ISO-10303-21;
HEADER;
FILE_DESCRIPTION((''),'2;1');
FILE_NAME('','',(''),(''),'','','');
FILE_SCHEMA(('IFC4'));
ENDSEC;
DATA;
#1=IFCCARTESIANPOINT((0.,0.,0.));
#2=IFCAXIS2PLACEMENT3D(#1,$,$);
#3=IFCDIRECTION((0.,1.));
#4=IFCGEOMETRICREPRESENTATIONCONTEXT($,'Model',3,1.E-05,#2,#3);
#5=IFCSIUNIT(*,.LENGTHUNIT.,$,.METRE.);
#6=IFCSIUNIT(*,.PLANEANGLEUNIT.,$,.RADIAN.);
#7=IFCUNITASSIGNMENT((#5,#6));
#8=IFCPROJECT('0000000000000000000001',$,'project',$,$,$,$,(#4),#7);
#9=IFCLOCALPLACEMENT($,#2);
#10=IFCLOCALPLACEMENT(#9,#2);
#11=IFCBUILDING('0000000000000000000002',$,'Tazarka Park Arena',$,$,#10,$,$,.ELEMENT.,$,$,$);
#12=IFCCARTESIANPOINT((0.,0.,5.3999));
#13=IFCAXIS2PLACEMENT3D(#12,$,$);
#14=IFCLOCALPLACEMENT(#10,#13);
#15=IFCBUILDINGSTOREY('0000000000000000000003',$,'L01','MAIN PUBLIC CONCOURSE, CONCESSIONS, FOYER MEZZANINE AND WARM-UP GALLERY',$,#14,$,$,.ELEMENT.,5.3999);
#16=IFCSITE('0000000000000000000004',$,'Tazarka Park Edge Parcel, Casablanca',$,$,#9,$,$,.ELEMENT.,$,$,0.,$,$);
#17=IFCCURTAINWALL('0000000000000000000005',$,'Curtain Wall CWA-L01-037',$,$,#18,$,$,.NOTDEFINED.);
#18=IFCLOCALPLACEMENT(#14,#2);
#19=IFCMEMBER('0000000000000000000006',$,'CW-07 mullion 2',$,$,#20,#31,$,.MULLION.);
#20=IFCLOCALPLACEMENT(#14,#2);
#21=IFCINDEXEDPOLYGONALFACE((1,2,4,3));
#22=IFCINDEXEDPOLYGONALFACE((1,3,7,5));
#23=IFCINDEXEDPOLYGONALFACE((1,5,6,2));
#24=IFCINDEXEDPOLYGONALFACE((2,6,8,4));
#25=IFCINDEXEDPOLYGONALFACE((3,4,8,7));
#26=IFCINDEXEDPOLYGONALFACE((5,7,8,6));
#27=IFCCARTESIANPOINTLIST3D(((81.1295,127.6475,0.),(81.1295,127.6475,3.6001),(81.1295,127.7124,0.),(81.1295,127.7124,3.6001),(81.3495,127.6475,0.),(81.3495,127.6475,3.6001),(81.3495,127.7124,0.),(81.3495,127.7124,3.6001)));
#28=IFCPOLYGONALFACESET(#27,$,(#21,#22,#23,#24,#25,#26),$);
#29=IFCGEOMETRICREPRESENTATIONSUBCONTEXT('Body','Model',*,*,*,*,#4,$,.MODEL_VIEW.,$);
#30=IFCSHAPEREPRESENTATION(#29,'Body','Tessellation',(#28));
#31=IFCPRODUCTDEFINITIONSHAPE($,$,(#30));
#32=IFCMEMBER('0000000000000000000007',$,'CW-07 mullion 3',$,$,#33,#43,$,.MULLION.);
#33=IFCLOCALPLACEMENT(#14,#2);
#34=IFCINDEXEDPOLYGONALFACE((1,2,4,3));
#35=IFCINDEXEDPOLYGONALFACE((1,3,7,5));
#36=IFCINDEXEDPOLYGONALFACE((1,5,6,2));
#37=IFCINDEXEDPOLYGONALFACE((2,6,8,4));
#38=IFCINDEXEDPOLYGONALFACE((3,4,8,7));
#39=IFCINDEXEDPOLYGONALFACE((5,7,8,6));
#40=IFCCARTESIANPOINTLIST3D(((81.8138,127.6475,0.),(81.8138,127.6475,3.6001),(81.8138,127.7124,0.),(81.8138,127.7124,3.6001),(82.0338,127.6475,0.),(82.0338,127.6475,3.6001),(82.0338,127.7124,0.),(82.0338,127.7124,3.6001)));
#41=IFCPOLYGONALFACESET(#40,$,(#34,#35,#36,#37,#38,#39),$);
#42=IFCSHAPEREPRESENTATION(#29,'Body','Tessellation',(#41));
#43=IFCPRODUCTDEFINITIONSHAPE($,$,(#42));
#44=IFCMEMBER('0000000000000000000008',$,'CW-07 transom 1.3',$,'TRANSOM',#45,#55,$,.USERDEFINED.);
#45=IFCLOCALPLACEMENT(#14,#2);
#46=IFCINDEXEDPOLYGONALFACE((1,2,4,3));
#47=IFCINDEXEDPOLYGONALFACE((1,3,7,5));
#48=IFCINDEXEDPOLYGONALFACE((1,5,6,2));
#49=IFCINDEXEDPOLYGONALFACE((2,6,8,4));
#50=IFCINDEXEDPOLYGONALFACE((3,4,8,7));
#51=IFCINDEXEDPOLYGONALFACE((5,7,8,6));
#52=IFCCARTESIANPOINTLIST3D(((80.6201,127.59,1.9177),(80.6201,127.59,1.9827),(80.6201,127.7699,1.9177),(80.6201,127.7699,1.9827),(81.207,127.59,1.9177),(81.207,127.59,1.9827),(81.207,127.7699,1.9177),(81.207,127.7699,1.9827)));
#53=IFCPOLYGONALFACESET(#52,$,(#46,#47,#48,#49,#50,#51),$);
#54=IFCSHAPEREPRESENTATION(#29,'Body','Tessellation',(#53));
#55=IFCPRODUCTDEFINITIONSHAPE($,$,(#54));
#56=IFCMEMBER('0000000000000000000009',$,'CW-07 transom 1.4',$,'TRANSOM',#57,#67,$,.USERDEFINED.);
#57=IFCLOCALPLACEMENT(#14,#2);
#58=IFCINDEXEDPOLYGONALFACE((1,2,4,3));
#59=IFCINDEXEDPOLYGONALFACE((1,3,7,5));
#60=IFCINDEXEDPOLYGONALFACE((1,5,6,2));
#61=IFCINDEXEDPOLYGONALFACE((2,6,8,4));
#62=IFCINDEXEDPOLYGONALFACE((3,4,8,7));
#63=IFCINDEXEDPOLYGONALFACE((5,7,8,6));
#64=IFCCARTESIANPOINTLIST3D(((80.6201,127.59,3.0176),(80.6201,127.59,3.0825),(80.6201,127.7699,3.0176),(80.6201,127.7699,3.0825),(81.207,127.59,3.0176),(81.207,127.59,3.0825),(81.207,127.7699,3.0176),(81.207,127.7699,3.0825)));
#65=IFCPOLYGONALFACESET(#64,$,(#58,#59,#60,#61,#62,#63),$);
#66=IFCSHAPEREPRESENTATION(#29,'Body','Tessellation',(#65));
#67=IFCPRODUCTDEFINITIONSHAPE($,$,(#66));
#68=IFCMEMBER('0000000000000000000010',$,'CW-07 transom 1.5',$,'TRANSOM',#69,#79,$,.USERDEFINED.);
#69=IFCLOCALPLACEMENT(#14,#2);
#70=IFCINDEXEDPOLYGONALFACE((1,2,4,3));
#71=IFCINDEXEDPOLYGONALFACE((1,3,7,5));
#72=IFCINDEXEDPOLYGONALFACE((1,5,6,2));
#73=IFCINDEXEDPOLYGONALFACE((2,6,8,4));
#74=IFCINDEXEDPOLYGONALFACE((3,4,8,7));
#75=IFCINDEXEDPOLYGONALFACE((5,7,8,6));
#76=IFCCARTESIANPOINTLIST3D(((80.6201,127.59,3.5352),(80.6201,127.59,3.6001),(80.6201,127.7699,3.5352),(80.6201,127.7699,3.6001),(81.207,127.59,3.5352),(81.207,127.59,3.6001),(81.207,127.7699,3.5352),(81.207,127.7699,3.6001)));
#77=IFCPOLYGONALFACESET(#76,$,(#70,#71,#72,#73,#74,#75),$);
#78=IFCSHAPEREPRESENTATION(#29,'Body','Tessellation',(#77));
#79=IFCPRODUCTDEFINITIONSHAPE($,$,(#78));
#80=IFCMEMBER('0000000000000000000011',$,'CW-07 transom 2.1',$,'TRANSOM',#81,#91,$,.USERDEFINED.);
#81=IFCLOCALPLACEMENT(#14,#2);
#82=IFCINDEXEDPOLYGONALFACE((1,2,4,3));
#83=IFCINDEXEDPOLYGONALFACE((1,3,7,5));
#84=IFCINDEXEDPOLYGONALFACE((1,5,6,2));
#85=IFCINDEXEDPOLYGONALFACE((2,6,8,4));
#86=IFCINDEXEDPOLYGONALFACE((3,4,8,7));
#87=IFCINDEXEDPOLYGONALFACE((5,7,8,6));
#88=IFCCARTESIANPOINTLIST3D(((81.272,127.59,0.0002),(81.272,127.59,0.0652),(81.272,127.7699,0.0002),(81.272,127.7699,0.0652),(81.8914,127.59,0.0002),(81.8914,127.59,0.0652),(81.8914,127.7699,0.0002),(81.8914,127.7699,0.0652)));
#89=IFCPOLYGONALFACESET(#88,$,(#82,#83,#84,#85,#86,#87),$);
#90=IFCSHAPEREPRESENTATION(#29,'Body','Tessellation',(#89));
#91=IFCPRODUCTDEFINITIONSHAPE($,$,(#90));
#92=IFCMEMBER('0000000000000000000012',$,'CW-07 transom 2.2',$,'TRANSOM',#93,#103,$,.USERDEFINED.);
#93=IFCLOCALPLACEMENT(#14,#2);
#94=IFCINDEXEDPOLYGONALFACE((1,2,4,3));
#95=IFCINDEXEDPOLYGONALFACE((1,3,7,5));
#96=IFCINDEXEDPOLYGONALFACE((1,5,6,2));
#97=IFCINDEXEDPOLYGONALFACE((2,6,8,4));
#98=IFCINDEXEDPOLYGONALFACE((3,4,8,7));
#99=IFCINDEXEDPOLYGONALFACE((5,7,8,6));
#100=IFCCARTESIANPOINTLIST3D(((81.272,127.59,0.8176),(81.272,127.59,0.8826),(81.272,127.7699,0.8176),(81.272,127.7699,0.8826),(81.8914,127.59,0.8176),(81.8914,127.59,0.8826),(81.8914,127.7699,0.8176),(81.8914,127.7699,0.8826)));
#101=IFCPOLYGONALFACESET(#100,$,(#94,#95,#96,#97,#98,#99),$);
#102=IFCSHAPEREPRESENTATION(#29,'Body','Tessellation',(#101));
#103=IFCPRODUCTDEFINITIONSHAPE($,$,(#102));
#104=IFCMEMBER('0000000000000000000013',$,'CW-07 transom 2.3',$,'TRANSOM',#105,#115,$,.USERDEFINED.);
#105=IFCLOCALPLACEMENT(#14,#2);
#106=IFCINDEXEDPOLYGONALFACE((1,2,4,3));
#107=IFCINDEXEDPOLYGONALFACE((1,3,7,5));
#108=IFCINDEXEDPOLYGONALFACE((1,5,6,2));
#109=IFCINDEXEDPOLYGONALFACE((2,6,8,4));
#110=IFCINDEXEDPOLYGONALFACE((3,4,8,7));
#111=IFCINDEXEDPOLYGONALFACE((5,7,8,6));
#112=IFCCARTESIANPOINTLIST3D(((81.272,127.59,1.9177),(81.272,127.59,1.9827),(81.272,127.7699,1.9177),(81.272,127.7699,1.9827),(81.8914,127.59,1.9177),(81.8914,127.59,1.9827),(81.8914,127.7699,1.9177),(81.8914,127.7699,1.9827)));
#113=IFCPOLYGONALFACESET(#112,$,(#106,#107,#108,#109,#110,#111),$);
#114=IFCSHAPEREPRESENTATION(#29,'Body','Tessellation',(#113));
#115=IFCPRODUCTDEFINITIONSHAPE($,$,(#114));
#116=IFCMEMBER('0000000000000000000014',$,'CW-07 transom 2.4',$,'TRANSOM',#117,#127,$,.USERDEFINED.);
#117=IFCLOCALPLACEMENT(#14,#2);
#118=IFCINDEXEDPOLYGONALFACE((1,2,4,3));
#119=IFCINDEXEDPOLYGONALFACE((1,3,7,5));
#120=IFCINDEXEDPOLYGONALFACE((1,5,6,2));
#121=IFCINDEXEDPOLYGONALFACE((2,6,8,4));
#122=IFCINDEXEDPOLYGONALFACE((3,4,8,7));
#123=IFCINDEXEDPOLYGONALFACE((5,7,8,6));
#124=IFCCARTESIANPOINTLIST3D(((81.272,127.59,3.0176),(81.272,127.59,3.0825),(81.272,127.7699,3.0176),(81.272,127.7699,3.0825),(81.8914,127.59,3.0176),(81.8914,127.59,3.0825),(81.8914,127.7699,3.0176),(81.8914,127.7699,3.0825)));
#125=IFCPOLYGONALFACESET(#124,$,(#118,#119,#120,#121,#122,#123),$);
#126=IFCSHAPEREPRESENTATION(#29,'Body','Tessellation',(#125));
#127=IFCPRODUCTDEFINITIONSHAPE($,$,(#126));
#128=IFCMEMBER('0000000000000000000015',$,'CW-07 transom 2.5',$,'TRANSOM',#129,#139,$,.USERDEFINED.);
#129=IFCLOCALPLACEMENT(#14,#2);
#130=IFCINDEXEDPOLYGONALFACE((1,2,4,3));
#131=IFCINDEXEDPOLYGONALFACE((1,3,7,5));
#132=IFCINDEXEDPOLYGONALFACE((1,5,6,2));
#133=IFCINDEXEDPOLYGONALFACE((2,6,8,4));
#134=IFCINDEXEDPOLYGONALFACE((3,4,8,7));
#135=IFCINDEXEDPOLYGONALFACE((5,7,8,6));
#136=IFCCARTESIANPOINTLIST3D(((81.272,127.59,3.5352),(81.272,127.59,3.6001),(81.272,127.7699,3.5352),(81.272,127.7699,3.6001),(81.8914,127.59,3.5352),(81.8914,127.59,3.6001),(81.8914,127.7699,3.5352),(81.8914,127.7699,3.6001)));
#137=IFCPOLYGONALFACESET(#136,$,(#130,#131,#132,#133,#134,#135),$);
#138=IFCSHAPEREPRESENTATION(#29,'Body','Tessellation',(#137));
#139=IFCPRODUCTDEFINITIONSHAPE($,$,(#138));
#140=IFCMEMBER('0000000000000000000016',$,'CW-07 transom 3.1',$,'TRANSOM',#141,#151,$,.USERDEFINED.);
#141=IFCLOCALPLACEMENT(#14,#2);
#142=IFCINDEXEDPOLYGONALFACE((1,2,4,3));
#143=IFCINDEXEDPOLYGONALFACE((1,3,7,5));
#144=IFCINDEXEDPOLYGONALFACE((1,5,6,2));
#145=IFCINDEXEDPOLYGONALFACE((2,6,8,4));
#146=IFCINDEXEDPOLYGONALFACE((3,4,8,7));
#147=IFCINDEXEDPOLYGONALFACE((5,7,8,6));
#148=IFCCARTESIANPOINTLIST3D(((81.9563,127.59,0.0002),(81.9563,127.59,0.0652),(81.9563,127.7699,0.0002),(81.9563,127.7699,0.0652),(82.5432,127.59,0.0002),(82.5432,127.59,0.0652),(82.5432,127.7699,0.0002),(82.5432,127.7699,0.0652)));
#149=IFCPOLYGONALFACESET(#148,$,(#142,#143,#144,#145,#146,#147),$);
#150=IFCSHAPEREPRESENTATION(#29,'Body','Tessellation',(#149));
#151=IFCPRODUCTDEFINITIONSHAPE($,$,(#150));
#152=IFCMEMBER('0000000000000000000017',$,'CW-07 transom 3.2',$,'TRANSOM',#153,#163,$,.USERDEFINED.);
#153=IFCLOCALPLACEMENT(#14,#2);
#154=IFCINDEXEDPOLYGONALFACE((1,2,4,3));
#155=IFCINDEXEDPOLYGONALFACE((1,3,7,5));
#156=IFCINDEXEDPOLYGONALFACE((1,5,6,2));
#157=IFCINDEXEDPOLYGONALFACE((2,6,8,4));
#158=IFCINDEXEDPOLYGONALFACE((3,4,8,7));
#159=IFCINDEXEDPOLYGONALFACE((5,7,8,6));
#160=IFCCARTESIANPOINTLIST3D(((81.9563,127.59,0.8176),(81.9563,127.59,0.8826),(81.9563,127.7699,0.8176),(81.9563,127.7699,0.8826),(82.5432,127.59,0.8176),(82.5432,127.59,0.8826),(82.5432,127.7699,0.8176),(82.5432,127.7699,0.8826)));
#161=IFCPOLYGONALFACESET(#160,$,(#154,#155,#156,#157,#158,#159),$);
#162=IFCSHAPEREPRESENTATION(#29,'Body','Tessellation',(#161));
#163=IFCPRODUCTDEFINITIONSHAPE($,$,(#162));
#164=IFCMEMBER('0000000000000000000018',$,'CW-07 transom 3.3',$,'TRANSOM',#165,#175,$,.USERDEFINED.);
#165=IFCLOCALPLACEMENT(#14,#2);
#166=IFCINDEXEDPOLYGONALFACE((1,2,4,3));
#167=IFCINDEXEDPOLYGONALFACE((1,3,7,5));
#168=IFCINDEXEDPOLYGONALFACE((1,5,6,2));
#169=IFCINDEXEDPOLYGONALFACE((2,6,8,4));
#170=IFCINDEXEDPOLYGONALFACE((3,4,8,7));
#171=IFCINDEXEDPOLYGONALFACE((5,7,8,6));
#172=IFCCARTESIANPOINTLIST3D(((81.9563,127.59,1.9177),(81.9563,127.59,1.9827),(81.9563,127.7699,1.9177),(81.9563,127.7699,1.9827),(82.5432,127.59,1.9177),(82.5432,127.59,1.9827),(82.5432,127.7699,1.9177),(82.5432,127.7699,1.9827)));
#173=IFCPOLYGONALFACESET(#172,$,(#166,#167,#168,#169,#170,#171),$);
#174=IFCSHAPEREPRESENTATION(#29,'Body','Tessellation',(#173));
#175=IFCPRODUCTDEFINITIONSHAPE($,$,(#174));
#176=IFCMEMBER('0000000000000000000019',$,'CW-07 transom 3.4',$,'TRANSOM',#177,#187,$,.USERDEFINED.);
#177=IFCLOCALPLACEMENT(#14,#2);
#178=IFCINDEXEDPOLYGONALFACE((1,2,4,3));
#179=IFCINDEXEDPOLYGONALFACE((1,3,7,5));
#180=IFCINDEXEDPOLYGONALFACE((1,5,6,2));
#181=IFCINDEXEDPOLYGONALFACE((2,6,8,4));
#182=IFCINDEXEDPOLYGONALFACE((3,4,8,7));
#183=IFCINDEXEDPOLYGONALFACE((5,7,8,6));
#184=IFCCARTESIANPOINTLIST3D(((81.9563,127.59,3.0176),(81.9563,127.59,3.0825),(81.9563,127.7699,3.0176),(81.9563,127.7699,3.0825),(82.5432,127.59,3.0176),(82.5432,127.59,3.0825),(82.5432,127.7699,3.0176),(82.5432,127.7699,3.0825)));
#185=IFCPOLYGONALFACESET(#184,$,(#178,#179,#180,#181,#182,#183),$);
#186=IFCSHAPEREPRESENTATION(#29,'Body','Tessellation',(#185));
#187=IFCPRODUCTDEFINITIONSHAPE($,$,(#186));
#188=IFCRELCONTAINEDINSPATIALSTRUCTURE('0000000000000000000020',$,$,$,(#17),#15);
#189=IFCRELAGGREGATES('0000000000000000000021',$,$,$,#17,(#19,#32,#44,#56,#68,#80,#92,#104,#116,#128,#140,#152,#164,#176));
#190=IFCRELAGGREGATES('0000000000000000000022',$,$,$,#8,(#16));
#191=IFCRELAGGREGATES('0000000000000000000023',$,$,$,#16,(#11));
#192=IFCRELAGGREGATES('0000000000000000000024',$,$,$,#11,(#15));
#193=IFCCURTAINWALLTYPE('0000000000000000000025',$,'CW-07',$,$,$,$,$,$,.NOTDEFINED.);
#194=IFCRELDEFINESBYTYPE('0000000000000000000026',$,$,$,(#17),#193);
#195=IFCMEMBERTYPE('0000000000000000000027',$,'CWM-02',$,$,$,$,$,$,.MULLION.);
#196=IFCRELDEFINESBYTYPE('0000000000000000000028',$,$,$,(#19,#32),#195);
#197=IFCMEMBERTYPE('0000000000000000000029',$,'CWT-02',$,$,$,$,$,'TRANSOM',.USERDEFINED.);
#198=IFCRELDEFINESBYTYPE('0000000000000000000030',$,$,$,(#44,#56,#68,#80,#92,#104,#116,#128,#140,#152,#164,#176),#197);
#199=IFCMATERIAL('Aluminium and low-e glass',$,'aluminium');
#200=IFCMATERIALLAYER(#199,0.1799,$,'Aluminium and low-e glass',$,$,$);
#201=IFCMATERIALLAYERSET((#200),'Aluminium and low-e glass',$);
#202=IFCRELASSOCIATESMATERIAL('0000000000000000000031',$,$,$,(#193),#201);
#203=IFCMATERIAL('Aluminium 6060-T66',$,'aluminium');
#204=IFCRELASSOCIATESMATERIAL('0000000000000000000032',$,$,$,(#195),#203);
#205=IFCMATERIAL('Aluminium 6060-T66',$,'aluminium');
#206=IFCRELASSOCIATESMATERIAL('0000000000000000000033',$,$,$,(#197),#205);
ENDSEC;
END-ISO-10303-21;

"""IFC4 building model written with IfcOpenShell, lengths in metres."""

from ifc_helpers import new_model, si_unit, direction, frame, origin, origin_2d, place, context, subcontext, project, spatial, rectangle, extrude, material, layer, layer_set, material_profile, profile_set, type_object, element, aggregate, save


model = new_model("IFC4")

# Units and contexts
model_context = context("Model", 3, precision=1e-05, world=origin(), true_north=direction((0.0, 1.0)))
body_context = subcontext(model_context, "Body", "Model", "MODEL_VIEW")
ifc_project = project(units=[si_unit("LENGTHUNIT", "METRE"), si_unit("PLANEANGLEUNIT", "RADIAN")], contexts=[model_context])

# Site, building, storey
site_placement = place(None, origin())
site = spatial("IfcSite", under=ifc_project, at=site_placement, Name="Tazarka Park Edge Parcel, Casablanca", CompositionType="ELEMENT", RefElevation=0.0)
building_placement = place(site_placement, origin())
building = spatial("IfcBuilding", under=site, at=building_placement, Name="Tazarka Park Arena", CompositionType="ELEMENT")
storey_placement = place(building_placement, frame((0.0, 0.0, 5.3999)))
storey = spatial("IfcBuildingStorey", under=building, at=storey_placement, Name="L01", Description="MAIN PUBLIC CONCOURSE, CONCESSIONS, FOYER MEZZANINE AND WARM-UP GALLERY", CompositionType="ELEMENT", Elevation=5.3999)

# Curtain wall, members
ifc_material_1 = material(Name="Aluminium and low-e glass", Category="aluminium")
ifc_layer_1 = layer(ifc_material_1, 0.1799, Name="Aluminium and low-e glass")
ifc_layer_set_1 = layer_set([ifc_layer_1], Name="Aluminium and low-e glass")
curtain_wall_type = type_object("IfcCurtainWallType", Name="CW-07", PredefinedType="NOTDEFINED", material=ifc_layer_set_1)
curtain_wall_placement = place(storey_placement, origin())
curtain_wall = element("IfcCurtainWall", 1, at=curtain_wall_placement, inside=storey, type_object=curtain_wall_type, Name="Curtain Wall CWA-L01-037", PredefinedType="NOTDEFINED")
ifc_material_2 = material(Name="Aluminium 6060-T66", Category="aluminium")
ifc_material_profile_1 = material_profile(ifc_material_2, rectangle(XDim=0.0649, YDim=0.22, at=origin_2d()), Name="Aluminium 6060-T66")
ifc_profile_set_1 = profile_set([ifc_material_profile_1], Name="Aluminium 6060-T66")
member_type_1 = type_object("IfcMemberType", Name="CWM-02", PredefinedType="MULLION", material=ifc_profile_set_1)
member_1_placement = place(storey_placement, frame((81.2395, 127.6799, 0.0), z_axis=(0.0, 0.0, 1.0), x_axis=(0.0, 1.0, 0.0)))
member_1 = element("IfcMember", 2, at=member_1_placement, type_object=member_type_1, Name="CW-07 mullion 2", PredefinedType="MULLION", context=body_context, shape_type="SweptSolid", body=[
    extrude(rectangle(XDim=0.0649, YDim=0.22, at=origin_2d()), origin(), (0.0, 0.0, 1.0), 3.6001),
])
member_2_placement = place(storey_placement, frame((81.9238, 127.6799, 0.0), z_axis=(0.0, 0.0, 1.0), x_axis=(0.0, 1.0, 0.0)))
member_2 = element("IfcMember", 3, at=member_2_placement, type_object=member_type_1, Name="CW-07 mullion 3", PredefinedType="MULLION", context=body_context, shape_type="SweptSolid", body=[
    extrude(rectangle(XDim=0.0649, YDim=0.22, at=origin_2d()), origin(), (0.0, 0.0, 1.0), 3.6001),
])
ifc_material_3 = material(Name="Aluminium 6060-T66", Category="aluminium")
ifc_material_profile_2 = material_profile(ifc_material_3, rectangle(XDim=0.1799, YDim=0.0649, at=origin_2d()), Name="Aluminium 6060-T66")
ifc_profile_set_2 = profile_set([ifc_material_profile_2], Name="Aluminium 6060-T66")
member_type_2 = type_object("IfcMemberType", Name="CWT-02", ElementType="TRANSOM", PredefinedType="USERDEFINED", material=ifc_profile_set_2)
member_3_placement = place(storey_placement, frame((80.6201, 127.6799, 1.9502), z_axis=(1.0, 0.0, 0.0), x_axis=(0.0, 1.0, 0.0)))
member_3 = element("IfcMember", 4, at=member_3_placement, type_object=member_type_2, Name="CW-07 transom 1.3", ObjectType="TRANSOM", PredefinedType="USERDEFINED", context=body_context, shape_type="SweptSolid", body=[
    extrude(rectangle(XDim=0.1799, YDim=0.0649, at=origin_2d()), origin(), (0.0, 0.0, 1.0), 0.5869),
])
member_4_placement = place(storey_placement, frame((80.6201, 127.6799, 3.05), z_axis=(1.0, 0.0, 0.0), x_axis=(0.0, 1.0, 0.0)))
member_4 = element("IfcMember", 5, at=member_4_placement, type_object=member_type_2, Name="CW-07 transom 1.4", ObjectType="TRANSOM", PredefinedType="USERDEFINED", context=body_context, shape_type="SweptSolid", body=[
    extrude(rectangle(XDim=0.1799, YDim=0.0649, at=origin_2d()), origin(), (0.0, 0.0, 1.0), 0.5869),
])
member_5_placement = place(storey_placement, frame((80.6201, 127.6799, 3.5676), z_axis=(1.0, 0.0, 0.0), x_axis=(0.0, 1.0, 0.0)))
member_5 = element("IfcMember", 6, at=member_5_placement, type_object=member_type_2, Name="CW-07 transom 1.5", ObjectType="TRANSOM", PredefinedType="USERDEFINED", context=body_context, shape_type="SweptSolid", body=[
    extrude(rectangle(XDim=0.1799, YDim=0.0649, at=origin_2d()), origin(), (0.0, 0.0, 1.0), 0.5869),
])
member_6_placement = place(storey_placement, frame((81.272, 127.6799, 0.0327), z_axis=(1.0, 0.0, 0.0), x_axis=(0.0, 1.0, 0.0)))
member_6 = element("IfcMember", 7, at=member_6_placement, type_object=member_type_2, Name="CW-07 transom 2.1", ObjectType="TRANSOM", PredefinedType="USERDEFINED", context=body_context, shape_type="SweptSolid", body=[
    extrude(rectangle(XDim=0.1799, YDim=0.0649, at=origin_2d()), origin(), (0.0, 0.0, 1.0), 0.6194),
])
member_7_placement = place(storey_placement, frame((81.272, 127.6799, 0.8501), z_axis=(1.0, 0.0, 0.0), x_axis=(0.0, 1.0, 0.0)))
member_7 = element("IfcMember", 8, at=member_7_placement, type_object=member_type_2, Name="CW-07 transom 2.2", ObjectType="TRANSOM", PredefinedType="USERDEFINED", context=body_context, shape_type="SweptSolid", body=[
    extrude(rectangle(XDim=0.1799, YDim=0.0649, at=origin_2d()), origin(), (0.0, 0.0, 1.0), 0.6194),
])
member_8_placement = place(storey_placement, frame((81.272, 127.6799, 1.9502), z_axis=(1.0, 0.0, 0.0), x_axis=(0.0, 1.0, 0.0)))
member_8 = element("IfcMember", 9, at=member_8_placement, type_object=member_type_2, Name="CW-07 transom 2.3", ObjectType="TRANSOM", PredefinedType="USERDEFINED", context=body_context, shape_type="SweptSolid", body=[
    extrude(rectangle(XDim=0.1799, YDim=0.0649, at=origin_2d()), origin(), (0.0, 0.0, 1.0), 0.6194),
])
member_9_placement = place(storey_placement, frame((81.272, 127.6799, 3.05), z_axis=(1.0, 0.0, 0.0), x_axis=(0.0, 1.0, 0.0)))
member_9 = element("IfcMember", 10, at=member_9_placement, type_object=member_type_2, Name="CW-07 transom 2.4", ObjectType="TRANSOM", PredefinedType="USERDEFINED", context=body_context, shape_type="SweptSolid", body=[
    extrude(rectangle(XDim=0.1799, YDim=0.0649, at=origin_2d()), origin(), (0.0, 0.0, 1.0), 0.6194),
])
member_10_placement = place(storey_placement, frame((81.272, 127.6799, 3.5676), z_axis=(1.0, 0.0, 0.0), x_axis=(0.0, 1.0, 0.0)))
member_10 = element("IfcMember", 11, at=member_10_placement, type_object=member_type_2, Name="CW-07 transom 2.5", ObjectType="TRANSOM", PredefinedType="USERDEFINED", context=body_context, shape_type="SweptSolid", body=[
    extrude(rectangle(XDim=0.1799, YDim=0.0649, at=origin_2d()), origin(), (0.0, 0.0, 1.0), 0.6194),
])
member_11_placement = place(storey_placement, frame((81.9563, 127.6799, 0.0327), z_axis=(1.0, 0.0, 0.0), x_axis=(0.0, 1.0, 0.0)))
member_11 = element("IfcMember", 12, at=member_11_placement, type_object=member_type_2, Name="CW-07 transom 3.1", ObjectType="TRANSOM", PredefinedType="USERDEFINED", context=body_context, shape_type="SweptSolid", body=[
    extrude(rectangle(XDim=0.1799, YDim=0.0649, at=origin_2d()), origin(), (0.0, 0.0, 1.0), 0.5869),
])
member_12_placement = place(storey_placement, frame((81.9563, 127.6799, 0.8501), z_axis=(1.0, 0.0, 0.0), x_axis=(0.0, 1.0, 0.0)))
member_12 = element("IfcMember", 13, at=member_12_placement, type_object=member_type_2, Name="CW-07 transom 3.2", ObjectType="TRANSOM", PredefinedType="USERDEFINED", context=body_context, shape_type="SweptSolid", body=[
    extrude(rectangle(XDim=0.1799, YDim=0.0649, at=origin_2d()), origin(), (0.0, 0.0, 1.0), 0.5869),
])
member_13_placement = place(storey_placement, frame((81.9563, 127.6799, 1.9502), z_axis=(1.0, 0.0, 0.0), x_axis=(0.0, 1.0, 0.0)))
member_13 = element("IfcMember", 14, at=member_13_placement, type_object=member_type_2, Name="CW-07 transom 3.3", ObjectType="TRANSOM", PredefinedType="USERDEFINED", context=body_context, shape_type="SweptSolid", body=[
    extrude(rectangle(XDim=0.1799, YDim=0.0649, at=origin_2d()), origin(), (0.0, 0.0, 1.0), 0.5869),
])
member_14_placement = place(storey_placement, frame((81.9563, 127.6799, 3.05), z_axis=(1.0, 0.0, 0.0), x_axis=(0.0, 1.0, 0.0)))
member_14 = element("IfcMember", 15, at=member_14_placement, type_object=member_type_2, Name="CW-07 transom 3.4", ObjectType="TRANSOM", PredefinedType="USERDEFINED", context=body_context, shape_type="SweptSolid", body=[
    extrude(rectangle(XDim=0.1799, YDim=0.0649, at=origin_2d()), origin(), (0.0, 0.0, 1.0), 0.5869),
])
aggregate(curtain_wall, [member_1, member_2, member_3, member_4, member_5, member_6, member_7, member_8, member_9, member_10, member_11, member_12, member_13, member_14])

save(model, "model.ifc")
